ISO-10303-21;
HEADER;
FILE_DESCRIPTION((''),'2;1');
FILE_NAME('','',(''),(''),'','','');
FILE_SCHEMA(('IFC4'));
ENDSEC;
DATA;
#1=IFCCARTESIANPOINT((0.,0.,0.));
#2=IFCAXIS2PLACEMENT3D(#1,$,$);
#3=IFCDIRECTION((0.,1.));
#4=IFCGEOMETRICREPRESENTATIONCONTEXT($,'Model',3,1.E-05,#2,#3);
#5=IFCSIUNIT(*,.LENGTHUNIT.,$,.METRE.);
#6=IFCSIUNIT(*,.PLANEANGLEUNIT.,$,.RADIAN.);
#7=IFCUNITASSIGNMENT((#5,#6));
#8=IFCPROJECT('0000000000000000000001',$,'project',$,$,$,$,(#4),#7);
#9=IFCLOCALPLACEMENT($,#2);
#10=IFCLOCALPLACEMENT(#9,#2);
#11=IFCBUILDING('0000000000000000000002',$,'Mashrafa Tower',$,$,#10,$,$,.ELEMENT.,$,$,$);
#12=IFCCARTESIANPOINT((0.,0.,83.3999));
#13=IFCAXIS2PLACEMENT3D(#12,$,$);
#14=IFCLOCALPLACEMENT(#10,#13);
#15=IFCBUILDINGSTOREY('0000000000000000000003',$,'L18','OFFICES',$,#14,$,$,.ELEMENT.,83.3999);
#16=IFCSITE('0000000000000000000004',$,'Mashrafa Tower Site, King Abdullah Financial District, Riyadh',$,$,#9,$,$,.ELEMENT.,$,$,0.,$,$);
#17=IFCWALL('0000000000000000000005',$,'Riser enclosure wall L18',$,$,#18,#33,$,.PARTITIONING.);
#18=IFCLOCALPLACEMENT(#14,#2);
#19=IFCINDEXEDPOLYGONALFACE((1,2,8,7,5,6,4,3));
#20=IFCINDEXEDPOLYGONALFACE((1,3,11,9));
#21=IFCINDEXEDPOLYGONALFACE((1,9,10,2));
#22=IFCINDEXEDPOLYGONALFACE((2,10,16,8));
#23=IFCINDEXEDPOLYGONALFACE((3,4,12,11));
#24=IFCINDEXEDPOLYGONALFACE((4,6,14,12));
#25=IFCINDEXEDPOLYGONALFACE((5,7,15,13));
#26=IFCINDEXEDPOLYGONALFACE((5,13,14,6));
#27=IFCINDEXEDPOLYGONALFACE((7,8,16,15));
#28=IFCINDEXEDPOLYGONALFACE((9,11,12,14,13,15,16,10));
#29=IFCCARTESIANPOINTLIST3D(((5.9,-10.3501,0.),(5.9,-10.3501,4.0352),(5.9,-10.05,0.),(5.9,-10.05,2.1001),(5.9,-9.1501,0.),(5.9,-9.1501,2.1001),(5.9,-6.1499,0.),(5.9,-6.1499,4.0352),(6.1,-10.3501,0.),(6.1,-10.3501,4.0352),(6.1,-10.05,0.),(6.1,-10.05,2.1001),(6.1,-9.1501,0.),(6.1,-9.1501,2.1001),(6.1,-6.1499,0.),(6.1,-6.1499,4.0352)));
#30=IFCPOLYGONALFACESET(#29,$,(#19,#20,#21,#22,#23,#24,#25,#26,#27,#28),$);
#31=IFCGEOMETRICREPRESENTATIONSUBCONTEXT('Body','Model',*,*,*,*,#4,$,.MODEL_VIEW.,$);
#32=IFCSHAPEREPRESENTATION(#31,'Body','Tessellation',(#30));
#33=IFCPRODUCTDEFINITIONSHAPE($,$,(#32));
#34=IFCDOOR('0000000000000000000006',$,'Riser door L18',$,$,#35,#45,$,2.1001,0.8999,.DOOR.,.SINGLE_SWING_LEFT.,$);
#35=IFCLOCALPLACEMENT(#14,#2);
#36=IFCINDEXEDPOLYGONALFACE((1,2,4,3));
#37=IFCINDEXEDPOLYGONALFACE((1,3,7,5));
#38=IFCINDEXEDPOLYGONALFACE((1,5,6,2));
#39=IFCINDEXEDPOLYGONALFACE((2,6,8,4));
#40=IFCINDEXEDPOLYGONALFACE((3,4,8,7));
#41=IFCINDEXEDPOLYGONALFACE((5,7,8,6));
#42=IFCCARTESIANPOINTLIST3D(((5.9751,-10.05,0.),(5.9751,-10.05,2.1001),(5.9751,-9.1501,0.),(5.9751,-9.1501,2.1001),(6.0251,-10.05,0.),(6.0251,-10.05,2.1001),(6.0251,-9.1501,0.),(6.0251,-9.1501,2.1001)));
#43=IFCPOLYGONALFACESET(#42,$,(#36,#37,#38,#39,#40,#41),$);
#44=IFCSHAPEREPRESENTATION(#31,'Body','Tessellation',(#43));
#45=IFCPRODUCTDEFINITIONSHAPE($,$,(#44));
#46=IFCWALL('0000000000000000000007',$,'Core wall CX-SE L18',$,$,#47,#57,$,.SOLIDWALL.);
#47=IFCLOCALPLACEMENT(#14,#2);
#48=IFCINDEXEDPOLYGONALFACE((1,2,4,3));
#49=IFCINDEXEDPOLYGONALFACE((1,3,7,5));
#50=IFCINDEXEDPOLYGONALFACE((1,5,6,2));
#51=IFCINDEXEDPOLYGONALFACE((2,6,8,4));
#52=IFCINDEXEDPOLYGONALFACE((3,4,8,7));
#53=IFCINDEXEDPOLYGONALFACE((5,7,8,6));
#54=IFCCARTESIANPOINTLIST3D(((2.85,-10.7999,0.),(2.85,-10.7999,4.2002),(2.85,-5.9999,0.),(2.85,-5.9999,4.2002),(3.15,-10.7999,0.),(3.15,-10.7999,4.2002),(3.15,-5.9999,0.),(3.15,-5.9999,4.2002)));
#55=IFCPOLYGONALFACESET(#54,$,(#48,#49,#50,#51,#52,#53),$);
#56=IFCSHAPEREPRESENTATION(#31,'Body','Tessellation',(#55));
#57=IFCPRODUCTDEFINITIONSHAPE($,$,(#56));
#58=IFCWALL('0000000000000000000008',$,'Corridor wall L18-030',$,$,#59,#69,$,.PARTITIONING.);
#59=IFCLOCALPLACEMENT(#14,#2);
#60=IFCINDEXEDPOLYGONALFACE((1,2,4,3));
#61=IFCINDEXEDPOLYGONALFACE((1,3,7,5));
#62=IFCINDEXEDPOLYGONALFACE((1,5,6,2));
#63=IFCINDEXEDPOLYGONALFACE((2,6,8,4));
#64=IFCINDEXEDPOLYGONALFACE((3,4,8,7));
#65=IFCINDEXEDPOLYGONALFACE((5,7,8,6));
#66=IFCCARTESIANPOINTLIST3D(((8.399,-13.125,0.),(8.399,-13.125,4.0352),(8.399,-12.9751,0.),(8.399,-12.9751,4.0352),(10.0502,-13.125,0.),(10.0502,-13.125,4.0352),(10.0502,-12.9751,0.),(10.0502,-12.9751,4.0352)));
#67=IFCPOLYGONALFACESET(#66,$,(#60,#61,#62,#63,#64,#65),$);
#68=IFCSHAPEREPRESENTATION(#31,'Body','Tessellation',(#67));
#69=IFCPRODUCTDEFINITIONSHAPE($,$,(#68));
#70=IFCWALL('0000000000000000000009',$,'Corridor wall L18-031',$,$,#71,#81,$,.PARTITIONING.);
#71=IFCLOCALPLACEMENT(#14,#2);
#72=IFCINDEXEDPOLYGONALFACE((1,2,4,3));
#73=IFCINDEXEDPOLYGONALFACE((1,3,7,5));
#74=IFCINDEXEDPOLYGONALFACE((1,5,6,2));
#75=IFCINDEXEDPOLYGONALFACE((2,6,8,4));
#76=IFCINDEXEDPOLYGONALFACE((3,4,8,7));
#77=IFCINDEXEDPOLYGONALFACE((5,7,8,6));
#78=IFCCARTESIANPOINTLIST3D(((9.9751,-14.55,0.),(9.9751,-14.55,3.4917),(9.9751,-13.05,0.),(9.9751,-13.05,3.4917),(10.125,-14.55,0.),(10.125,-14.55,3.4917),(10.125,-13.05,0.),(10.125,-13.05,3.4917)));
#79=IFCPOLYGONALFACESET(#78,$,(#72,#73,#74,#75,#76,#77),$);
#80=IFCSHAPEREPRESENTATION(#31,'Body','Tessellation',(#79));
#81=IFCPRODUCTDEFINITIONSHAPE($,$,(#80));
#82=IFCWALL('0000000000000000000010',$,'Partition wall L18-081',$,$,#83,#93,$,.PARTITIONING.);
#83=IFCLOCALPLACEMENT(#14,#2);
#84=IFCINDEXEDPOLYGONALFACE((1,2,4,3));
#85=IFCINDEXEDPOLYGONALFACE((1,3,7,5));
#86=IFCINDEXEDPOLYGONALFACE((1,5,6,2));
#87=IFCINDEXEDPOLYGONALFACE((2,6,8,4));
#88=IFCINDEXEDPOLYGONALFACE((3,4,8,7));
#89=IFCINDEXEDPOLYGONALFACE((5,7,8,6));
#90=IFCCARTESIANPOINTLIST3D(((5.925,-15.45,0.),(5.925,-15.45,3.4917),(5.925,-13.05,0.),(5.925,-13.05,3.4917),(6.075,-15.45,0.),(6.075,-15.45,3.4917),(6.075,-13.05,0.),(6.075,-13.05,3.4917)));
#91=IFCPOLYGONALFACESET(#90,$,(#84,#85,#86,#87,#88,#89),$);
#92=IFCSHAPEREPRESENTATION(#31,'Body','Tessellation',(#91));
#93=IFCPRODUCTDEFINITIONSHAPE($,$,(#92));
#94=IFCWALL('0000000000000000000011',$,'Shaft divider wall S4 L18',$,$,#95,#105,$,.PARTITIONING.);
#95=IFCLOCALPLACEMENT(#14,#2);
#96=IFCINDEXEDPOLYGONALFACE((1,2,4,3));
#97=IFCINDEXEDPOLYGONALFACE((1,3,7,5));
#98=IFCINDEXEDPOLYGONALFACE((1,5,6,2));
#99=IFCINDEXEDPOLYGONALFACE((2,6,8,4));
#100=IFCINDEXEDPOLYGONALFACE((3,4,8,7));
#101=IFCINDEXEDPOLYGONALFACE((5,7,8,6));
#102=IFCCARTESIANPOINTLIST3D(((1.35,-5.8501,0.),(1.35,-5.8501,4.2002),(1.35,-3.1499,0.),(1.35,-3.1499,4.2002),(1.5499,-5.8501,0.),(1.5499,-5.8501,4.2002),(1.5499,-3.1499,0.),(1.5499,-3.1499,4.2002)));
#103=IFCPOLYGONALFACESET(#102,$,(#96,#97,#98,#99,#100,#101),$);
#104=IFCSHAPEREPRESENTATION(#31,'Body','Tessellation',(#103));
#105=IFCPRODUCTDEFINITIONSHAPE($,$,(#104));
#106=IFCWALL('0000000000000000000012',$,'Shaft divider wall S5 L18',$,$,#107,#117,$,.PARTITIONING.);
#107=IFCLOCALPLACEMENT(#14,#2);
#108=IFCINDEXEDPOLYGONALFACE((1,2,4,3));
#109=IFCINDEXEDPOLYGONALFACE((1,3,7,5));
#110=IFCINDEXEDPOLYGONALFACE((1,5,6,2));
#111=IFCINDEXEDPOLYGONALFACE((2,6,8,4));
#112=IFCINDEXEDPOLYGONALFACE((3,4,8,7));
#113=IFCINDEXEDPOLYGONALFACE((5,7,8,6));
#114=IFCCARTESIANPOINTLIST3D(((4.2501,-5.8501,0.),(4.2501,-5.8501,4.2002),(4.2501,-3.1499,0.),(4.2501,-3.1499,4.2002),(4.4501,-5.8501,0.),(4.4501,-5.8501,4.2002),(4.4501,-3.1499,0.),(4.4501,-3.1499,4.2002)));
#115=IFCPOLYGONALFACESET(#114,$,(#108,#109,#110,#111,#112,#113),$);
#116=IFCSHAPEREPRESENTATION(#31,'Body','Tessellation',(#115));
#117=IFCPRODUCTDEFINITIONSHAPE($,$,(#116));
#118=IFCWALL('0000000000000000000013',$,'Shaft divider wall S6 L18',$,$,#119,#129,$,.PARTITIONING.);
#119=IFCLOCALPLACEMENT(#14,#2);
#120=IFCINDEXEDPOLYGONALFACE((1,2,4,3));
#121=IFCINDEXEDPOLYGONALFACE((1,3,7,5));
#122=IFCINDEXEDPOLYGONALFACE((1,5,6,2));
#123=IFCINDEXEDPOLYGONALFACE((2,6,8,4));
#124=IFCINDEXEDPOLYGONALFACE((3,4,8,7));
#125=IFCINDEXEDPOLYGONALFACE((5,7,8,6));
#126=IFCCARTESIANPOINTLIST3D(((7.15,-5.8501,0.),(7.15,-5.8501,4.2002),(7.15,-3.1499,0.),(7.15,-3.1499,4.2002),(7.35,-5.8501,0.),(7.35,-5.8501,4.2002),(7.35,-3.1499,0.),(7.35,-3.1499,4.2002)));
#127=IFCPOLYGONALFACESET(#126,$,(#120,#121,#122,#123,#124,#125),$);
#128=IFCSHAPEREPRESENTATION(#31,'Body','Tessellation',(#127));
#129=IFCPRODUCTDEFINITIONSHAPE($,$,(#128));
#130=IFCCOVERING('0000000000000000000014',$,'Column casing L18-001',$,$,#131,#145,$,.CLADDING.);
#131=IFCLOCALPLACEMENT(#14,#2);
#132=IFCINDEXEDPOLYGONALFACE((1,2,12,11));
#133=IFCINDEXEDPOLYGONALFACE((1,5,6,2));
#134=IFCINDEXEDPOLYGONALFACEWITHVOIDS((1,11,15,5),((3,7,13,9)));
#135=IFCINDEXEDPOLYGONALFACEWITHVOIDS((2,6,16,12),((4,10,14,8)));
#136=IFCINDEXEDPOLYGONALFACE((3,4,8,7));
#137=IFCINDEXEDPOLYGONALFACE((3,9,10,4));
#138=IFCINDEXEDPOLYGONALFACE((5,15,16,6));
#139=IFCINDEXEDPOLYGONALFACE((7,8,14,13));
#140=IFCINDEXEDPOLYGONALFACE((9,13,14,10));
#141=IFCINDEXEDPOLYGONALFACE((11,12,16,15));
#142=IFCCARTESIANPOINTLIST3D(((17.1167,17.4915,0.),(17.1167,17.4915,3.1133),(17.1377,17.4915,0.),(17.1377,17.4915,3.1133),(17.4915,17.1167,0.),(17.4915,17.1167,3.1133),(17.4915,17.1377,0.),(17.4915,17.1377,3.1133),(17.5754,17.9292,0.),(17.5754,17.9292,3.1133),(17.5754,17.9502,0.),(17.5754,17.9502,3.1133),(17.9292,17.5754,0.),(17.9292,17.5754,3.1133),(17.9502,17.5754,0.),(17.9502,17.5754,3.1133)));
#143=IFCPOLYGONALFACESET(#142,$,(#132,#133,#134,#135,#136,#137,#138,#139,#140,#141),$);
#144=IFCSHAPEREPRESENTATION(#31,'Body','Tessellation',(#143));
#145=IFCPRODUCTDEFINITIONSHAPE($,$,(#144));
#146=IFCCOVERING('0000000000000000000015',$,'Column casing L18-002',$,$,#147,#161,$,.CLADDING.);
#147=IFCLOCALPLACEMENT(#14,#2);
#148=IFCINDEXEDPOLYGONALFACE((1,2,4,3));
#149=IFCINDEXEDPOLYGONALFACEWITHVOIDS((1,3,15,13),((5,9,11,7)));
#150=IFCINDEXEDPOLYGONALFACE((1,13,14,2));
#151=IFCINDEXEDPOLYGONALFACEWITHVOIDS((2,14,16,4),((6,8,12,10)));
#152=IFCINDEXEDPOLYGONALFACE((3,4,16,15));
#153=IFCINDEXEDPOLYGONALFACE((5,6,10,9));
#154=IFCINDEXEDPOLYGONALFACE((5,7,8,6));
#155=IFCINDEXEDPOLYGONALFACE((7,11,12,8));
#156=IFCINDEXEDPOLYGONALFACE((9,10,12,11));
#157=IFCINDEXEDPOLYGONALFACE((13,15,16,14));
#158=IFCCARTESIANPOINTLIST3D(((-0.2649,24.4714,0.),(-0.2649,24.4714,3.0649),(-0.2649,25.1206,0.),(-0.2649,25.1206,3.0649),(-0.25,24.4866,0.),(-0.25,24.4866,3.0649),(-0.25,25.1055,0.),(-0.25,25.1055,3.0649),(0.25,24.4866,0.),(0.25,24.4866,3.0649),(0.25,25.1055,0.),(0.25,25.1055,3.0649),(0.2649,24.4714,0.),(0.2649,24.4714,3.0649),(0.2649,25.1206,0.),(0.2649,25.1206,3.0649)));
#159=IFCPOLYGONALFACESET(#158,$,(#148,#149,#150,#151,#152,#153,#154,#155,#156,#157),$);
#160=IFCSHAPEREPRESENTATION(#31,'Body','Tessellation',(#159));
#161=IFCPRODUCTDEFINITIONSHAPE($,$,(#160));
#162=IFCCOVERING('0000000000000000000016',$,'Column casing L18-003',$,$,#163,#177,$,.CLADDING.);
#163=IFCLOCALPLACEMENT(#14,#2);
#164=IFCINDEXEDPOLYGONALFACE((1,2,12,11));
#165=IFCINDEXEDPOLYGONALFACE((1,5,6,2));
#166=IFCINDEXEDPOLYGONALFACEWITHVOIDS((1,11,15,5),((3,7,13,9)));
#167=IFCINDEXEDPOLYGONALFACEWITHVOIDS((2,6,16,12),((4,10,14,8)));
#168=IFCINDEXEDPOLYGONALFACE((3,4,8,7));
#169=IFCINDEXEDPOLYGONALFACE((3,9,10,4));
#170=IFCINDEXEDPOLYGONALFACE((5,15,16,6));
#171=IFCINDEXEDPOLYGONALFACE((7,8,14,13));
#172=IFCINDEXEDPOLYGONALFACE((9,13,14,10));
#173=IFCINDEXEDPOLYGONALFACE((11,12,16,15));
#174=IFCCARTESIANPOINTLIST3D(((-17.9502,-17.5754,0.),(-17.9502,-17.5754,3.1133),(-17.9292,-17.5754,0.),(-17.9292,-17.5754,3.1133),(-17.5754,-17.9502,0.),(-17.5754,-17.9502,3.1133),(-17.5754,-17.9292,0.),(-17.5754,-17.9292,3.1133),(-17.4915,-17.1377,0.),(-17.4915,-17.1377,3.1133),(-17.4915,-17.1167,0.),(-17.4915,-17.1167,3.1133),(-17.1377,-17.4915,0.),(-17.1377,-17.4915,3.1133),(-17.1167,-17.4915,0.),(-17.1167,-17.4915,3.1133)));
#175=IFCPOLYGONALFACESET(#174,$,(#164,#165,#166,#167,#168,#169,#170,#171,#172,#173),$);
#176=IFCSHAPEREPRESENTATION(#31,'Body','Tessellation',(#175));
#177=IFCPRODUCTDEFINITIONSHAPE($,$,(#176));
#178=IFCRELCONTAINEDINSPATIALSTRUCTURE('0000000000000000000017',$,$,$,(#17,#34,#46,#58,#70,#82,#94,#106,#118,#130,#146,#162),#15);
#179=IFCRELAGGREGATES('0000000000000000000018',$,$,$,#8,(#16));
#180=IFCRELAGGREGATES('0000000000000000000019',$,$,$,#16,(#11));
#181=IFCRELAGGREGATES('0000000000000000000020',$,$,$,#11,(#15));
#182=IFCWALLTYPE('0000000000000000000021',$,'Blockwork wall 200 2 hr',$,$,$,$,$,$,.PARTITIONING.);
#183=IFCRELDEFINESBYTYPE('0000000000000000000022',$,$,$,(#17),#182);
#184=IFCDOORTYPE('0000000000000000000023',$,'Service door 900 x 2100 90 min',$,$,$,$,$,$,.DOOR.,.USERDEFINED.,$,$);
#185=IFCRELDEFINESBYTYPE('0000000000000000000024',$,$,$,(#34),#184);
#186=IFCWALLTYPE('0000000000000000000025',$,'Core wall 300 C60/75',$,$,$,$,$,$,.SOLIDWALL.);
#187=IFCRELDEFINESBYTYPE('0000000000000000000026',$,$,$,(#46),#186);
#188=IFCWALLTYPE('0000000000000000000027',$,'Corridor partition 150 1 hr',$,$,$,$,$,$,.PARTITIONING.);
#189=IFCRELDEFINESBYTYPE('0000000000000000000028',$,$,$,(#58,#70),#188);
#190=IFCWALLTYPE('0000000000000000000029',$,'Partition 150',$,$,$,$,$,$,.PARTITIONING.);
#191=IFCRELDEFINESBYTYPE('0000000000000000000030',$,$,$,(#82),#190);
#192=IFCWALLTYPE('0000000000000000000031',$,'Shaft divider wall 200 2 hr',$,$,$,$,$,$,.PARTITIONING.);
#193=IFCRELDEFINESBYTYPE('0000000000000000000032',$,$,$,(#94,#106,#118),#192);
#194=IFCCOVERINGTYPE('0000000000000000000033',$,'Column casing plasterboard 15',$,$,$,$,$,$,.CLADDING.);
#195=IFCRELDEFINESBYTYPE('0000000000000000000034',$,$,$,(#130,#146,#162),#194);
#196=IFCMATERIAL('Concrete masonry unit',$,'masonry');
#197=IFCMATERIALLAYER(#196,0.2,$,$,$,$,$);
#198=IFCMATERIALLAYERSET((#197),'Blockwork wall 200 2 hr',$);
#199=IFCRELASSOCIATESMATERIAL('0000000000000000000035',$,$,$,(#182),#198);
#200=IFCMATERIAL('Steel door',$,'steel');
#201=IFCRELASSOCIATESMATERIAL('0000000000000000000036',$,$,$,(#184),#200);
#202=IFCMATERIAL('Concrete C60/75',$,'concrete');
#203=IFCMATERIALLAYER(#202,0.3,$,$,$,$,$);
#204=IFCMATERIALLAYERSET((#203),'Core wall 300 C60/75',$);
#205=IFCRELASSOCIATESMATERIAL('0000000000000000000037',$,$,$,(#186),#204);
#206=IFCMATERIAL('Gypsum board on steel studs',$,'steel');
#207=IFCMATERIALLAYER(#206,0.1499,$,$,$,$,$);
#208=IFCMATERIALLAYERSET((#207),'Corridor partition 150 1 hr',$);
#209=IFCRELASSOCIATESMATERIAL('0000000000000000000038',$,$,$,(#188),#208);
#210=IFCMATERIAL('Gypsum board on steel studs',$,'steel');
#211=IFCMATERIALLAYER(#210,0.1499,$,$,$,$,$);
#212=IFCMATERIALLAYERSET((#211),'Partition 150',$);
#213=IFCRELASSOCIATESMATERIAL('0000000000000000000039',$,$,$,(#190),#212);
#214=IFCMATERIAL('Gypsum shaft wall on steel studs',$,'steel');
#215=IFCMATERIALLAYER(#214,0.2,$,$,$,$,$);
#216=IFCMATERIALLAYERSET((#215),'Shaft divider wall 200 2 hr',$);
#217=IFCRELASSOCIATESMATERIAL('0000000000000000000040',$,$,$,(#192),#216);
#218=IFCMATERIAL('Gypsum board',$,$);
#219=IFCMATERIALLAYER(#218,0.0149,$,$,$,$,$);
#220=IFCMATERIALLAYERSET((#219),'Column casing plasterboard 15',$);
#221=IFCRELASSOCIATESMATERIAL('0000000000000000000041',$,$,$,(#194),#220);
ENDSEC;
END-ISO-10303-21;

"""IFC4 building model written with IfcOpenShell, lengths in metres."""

from ifc_helpers import new_model, si_unit, direction, frame, frame_2d, origin, place, context, subcontext, project, spatial, polyline, rectangle, outline, extrude, material, layer, layer_set, type_object, element, fill, save


model = new_model("IFC4")

# Units and contexts
model_context = context("Model", 3, precision=1e-05, world=origin(), true_north=direction((0.0, 1.0)))
body_context = subcontext(model_context, "Body", "Model", "MODEL_VIEW")
ifc_project = project(units=[si_unit("LENGTHUNIT", "METRE"), si_unit("PLANEANGLEUNIT", "RADIAN")], contexts=[model_context])

# Site, building, storey
site_placement = place(None, origin())
site = spatial("IfcSite", under=ifc_project, at=site_placement, Name="Mashrafa Tower Site, King Abdullah Financial District, Riyadh", CompositionType="ELEMENT", RefElevation=0.0)
building_placement = place(site_placement, origin())
building = spatial("IfcBuilding", under=site, at=building_placement, Name="Mashrafa Tower", CompositionType="ELEMENT")
storey_placement = place(building_placement, frame((0.0, 0.0, 83.3999)))
storey = spatial("IfcBuildingStorey", under=building, at=storey_placement, Name="L18", Description="OFFICES", CompositionType="ELEMENT", Elevation=83.3999)

# Wall, opening, door
ifc_material_1 = material(Name="Concrete masonry unit", Category="masonry")
ifc_layer_1 = layer(ifc_material_1, 0.2)
ifc_layer_set_1 = layer_set([ifc_layer_1], Name="Blockwork wall 200 2 hr")
wall_type_1 = type_object("IfcWallType", Name="Blockwork wall 200 2 hr", PredefinedType="PARTITIONING", material=ifc_layer_set_1)
wall_1_placement = place(storey_placement, frame((6.0, -10.3501, 0.0), z_axis=(0.0, 0.0, 1.0), x_axis=(0.0, 1.0, 0.0)))
wall_1 = element("IfcWall", 1, at=wall_1_placement, inside=storey, type_object=wall_type_1, Name="Riser enclosure wall L18", PredefinedType="PARTITIONING", context=body_context, shape_type="SweptSolid", body=[
    extrude(rectangle(XDim=4.2002, YDim=0.2, at=frame_2d((2.1001, 0.0))), origin(), (0.0, 0.0, 1.0), 4.0352),
])
opening_placement = place(wall_1_placement, frame((0.3, 0.0, 0.0)))
opening = element("IfcOpeningElement", 2, at=opening_placement, cuts=wall_1, PredefinedType="OPENING", context=body_context, shape_type="SweptSolid", body=[
    extrude(rectangle(XDim=0.8999, YDim=2.1001, at=frame_2d((0.45, 1.05))), frame((0.0, 0.1099, 0.0), z_axis=(0.0, -1.0, 0.0), x_axis=(1.0, 0.0, 0.0)), (0.0, 0.0, 1.0), 0.22),
])
ifc_material_2 = material(Name="Steel door", Category="steel")
door_type = type_object("IfcDoorType", Name="Service door 900 x 2100 90 min", OperationType="USERDEFINED", PredefinedType="DOOR", material=ifc_material_2)
door_placement = place(opening_placement, origin())
door = element("IfcDoor", 3, at=door_placement, inside=storey, type_object=door_type, Name="Riser door L18", OperationType="SINGLE_SWING_LEFT", OverallHeight=2.1001, OverallWidth=0.8999, PredefinedType="DOOR", context=body_context, shape_type="SweptSolid", body=[
    extrude(rectangle(XDim=0.8999, YDim=2.1001, at=frame_2d((0.45, 1.05))), frame((0.0, 0.0249, 0.0), z_axis=(0.0, -1.0, 0.0), x_axis=(1.0, 0.0, 0.0)), (0.0, 0.0, 1.0), 0.05),
])
fill(opening, door)

# Walls
ifc_material_3 = material(Name="Concrete C60/75", Category="concrete")
ifc_layer_2 = layer(ifc_material_3, 0.3)
ifc_layer_set_2 = layer_set([ifc_layer_2], Name="Core wall 300 C60/75")
wall_type_2 = type_object("IfcWallType", Name="Core wall 300 C60/75", PredefinedType="SOLIDWALL", material=ifc_layer_set_2)
wall_2_placement = place(storey_placement, frame((3.0, -6.0, 0.0), z_axis=(0.0, 0.0, 1.0), x_axis=(0.0, -1.0, 0.0)))
element("IfcWall", 4, at=wall_2_placement, inside=storey, type_object=wall_type_2, Name="Core wall CX-SE L18", PredefinedType="SOLIDWALL", context=body_context, shape_type="SweptSolid", body=[
    extrude(rectangle(XDim=4.8, YDim=0.3, at=frame_2d((2.3999, 0.0))), origin(), (0.0, 0.0, 1.0), 4.2002),
])
ifc_material_4 = material(Name="Gypsum board on steel studs", Category="steel")
ifc_layer_3 = layer(ifc_material_4, 0.1499)
ifc_layer_set_3 = layer_set([ifc_layer_3], Name="Corridor partition 150 1 hr")
wall_type_3 = type_object("IfcWallType", Name="Corridor partition 150 1 hr", PredefinedType="PARTITIONING", material=ifc_layer_set_3)
wall_3_placement = place(storey_placement, frame((8.3989, -13.05, 0.0), z_axis=(0.0, 0.0, 1.0), x_axis=(1.0, 0.0, 0.0)))
element("IfcWall", 5, at=wall_3_placement, inside=storey, type_object=wall_type_3, Name="Corridor wall L18-030", PredefinedType="PARTITIONING", context=body_context, shape_type="SweptSolid", body=[
    extrude(rectangle(XDim=1.6511, YDim=0.1499, at=frame_2d((0.8257, 0.0))), origin(), (0.0, 0.0, 1.0), 4.0352),
])
wall_4_placement = place(storey_placement, frame((10.05, -13.05, 0.0), z_axis=(0.0, 0.0, 1.0), x_axis=(0.0, -1.0, 0.0)))
element("IfcWall", 6, at=wall_4_placement, inside=storey, type_object=wall_type_3, Name="Corridor wall L18-031", PredefinedType="PARTITIONING", context=body_context, shape_type="SweptSolid", body=[
    extrude(rectangle(XDim=1.5, YDim=0.1499, at=frame_2d((0.75, 0.0))), origin(), (0.0, 0.0, 1.0), 3.4917),
])
ifc_material_5 = material(Name="Gypsum board on steel studs", Category="steel")
ifc_layer_4 = layer(ifc_material_5, 0.1499)
ifc_layer_set_4 = layer_set([ifc_layer_4], Name="Partition 150")
wall_type_4 = type_object("IfcWallType", Name="Partition 150", PredefinedType="PARTITIONING", material=ifc_layer_set_4)
wall_5_placement = place(storey_placement, frame((6.0, -13.05, 0.0), z_axis=(0.0, 0.0, 1.0), x_axis=(0.0, -1.0, 0.0)))
element("IfcWall", 7, at=wall_5_placement, inside=storey, type_object=wall_type_4, Name="Partition wall L18-081", PredefinedType="PARTITIONING", context=body_context, shape_type="SweptSolid", body=[
    extrude(rectangle(XDim=2.3999, YDim=0.1499, at=frame_2d((1.2, 0.0))), origin(), (0.0, 0.0, 1.0), 3.4917),
])
ifc_material_6 = material(Name="Gypsum shaft wall on steel studs", Category="steel")
ifc_layer_5 = layer(ifc_material_6, 0.2)
ifc_layer_set_5 = layer_set([ifc_layer_5], Name="Shaft divider wall 200 2 hr")
wall_type_5 = type_object("IfcWallType", Name="Shaft divider wall 200 2 hr", PredefinedType="PARTITIONING", material=ifc_layer_set_5)
for number, where, z_axis, x_axis, name in (
    (8, (1.45, -5.8501, 0.0), (0.0, 0.0, 1.0), (0.0, 1.0, 0.0), "Shaft divider wall S4 L18"),
    (9, (4.3501, -5.8501, 0.0), (0.0, 0.0, 1.0), (0.0, 1.0, 0.0), "Shaft divider wall S5 L18"),
    (10, (7.25, -5.8501, 0.0), (0.0, 0.0, 1.0), (0.0, 1.0, 0.0), "Shaft divider wall S6 L18"),
):
    element("IfcWall", number, at=place(storey_placement, frame(where, z_axis=z_axis, x_axis=x_axis)), inside=storey, type_object=wall_type_5, Name=name, PredefinedType="PARTITIONING", context=body_context, shape_type="SweptSolid", body=[
        extrude(rectangle(XDim=2.7002, YDim=0.2, at=frame_2d((1.3501, 0.0))), origin(), (0.0, 0.0, 1.0), 4.2002),
    ])

# Coverings
ifc_material_7 = material(Name="Gypsum board")
ifc_layer_6 = layer(ifc_material_7, 0.0149)
ifc_layer_set_6 = layer_set([ifc_layer_6], Name="Column casing plasterboard 15")
covering_type_1 = type_object("IfcCoveringType", Name="Column casing plasterboard 15", PredefinedType="CLADDING", material=ifc_layer_set_6)
covering_1_placement = place(storey_placement, origin())
element("IfcCovering", 11, at=covering_1_placement, inside=storey, type_object=covering_type_1, Name="Column casing L18-001", PredefinedType="CLADDING", context=body_context, shape_type="SweptSolid", body=[
    extrude(outline(polyline([(17.1167, 17.4915), (17.5754, 17.9502), (17.9502, 17.5754), (17.4915, 17.1167), (17.1167, 17.4915)]), holes=[polyline([(17.9292, 17.5754), (17.5754, 17.9292), (17.1377, 17.4915), (17.4915, 17.1377), (17.9292, 17.5754)])]), origin(), (0.0, 0.0, 1.0), 3.1133),
])
covering_2_placement = place(storey_placement, origin())
element("IfcCovering", 12, at=covering_2_placement, inside=storey, type_object=covering_type_1, Name="Column casing L18-002", PredefinedType="CLADDING", context=body_context, shape_type="SweptSolid", body=[
    extrude(outline(polyline([(-0.2649, 25.1206), (0.2649, 25.1206), (0.2649, 24.4714), (-0.2649, 24.4714), (-0.2649, 25.1206)]), holes=[polyline([(0.25, 24.4866), (0.25, 25.1055), (-0.25, 25.1055), (-0.25, 24.4866), (0.25, 24.4866)])]), origin(), (0.0, 0.0, 1.0), 3.0649),
])
covering_3_placement = place(storey_placement, origin())
element("IfcCovering", 13, at=covering_3_placement, inside=storey, type_object=covering_type_1, Name="Column casing L18-003", PredefinedType="CLADDING", context=body_context, shape_type="SweptSolid", body=[
    extrude(outline(polyline([(-17.9502, -17.5754), (-17.4915, -17.1167), (-17.1167, -17.4915), (-17.5754, -17.9502), (-17.9502, -17.5754)]), holes=[polyline([(-17.1377, -17.4915), (-17.4915, -17.1377), (-17.9292, -17.5754), (-17.5754, -17.9292), (-17.1377, -17.4915)])]), origin(), (0.0, 0.0, 1.0), 3.1133),
])

save(model, "model.ifc")
